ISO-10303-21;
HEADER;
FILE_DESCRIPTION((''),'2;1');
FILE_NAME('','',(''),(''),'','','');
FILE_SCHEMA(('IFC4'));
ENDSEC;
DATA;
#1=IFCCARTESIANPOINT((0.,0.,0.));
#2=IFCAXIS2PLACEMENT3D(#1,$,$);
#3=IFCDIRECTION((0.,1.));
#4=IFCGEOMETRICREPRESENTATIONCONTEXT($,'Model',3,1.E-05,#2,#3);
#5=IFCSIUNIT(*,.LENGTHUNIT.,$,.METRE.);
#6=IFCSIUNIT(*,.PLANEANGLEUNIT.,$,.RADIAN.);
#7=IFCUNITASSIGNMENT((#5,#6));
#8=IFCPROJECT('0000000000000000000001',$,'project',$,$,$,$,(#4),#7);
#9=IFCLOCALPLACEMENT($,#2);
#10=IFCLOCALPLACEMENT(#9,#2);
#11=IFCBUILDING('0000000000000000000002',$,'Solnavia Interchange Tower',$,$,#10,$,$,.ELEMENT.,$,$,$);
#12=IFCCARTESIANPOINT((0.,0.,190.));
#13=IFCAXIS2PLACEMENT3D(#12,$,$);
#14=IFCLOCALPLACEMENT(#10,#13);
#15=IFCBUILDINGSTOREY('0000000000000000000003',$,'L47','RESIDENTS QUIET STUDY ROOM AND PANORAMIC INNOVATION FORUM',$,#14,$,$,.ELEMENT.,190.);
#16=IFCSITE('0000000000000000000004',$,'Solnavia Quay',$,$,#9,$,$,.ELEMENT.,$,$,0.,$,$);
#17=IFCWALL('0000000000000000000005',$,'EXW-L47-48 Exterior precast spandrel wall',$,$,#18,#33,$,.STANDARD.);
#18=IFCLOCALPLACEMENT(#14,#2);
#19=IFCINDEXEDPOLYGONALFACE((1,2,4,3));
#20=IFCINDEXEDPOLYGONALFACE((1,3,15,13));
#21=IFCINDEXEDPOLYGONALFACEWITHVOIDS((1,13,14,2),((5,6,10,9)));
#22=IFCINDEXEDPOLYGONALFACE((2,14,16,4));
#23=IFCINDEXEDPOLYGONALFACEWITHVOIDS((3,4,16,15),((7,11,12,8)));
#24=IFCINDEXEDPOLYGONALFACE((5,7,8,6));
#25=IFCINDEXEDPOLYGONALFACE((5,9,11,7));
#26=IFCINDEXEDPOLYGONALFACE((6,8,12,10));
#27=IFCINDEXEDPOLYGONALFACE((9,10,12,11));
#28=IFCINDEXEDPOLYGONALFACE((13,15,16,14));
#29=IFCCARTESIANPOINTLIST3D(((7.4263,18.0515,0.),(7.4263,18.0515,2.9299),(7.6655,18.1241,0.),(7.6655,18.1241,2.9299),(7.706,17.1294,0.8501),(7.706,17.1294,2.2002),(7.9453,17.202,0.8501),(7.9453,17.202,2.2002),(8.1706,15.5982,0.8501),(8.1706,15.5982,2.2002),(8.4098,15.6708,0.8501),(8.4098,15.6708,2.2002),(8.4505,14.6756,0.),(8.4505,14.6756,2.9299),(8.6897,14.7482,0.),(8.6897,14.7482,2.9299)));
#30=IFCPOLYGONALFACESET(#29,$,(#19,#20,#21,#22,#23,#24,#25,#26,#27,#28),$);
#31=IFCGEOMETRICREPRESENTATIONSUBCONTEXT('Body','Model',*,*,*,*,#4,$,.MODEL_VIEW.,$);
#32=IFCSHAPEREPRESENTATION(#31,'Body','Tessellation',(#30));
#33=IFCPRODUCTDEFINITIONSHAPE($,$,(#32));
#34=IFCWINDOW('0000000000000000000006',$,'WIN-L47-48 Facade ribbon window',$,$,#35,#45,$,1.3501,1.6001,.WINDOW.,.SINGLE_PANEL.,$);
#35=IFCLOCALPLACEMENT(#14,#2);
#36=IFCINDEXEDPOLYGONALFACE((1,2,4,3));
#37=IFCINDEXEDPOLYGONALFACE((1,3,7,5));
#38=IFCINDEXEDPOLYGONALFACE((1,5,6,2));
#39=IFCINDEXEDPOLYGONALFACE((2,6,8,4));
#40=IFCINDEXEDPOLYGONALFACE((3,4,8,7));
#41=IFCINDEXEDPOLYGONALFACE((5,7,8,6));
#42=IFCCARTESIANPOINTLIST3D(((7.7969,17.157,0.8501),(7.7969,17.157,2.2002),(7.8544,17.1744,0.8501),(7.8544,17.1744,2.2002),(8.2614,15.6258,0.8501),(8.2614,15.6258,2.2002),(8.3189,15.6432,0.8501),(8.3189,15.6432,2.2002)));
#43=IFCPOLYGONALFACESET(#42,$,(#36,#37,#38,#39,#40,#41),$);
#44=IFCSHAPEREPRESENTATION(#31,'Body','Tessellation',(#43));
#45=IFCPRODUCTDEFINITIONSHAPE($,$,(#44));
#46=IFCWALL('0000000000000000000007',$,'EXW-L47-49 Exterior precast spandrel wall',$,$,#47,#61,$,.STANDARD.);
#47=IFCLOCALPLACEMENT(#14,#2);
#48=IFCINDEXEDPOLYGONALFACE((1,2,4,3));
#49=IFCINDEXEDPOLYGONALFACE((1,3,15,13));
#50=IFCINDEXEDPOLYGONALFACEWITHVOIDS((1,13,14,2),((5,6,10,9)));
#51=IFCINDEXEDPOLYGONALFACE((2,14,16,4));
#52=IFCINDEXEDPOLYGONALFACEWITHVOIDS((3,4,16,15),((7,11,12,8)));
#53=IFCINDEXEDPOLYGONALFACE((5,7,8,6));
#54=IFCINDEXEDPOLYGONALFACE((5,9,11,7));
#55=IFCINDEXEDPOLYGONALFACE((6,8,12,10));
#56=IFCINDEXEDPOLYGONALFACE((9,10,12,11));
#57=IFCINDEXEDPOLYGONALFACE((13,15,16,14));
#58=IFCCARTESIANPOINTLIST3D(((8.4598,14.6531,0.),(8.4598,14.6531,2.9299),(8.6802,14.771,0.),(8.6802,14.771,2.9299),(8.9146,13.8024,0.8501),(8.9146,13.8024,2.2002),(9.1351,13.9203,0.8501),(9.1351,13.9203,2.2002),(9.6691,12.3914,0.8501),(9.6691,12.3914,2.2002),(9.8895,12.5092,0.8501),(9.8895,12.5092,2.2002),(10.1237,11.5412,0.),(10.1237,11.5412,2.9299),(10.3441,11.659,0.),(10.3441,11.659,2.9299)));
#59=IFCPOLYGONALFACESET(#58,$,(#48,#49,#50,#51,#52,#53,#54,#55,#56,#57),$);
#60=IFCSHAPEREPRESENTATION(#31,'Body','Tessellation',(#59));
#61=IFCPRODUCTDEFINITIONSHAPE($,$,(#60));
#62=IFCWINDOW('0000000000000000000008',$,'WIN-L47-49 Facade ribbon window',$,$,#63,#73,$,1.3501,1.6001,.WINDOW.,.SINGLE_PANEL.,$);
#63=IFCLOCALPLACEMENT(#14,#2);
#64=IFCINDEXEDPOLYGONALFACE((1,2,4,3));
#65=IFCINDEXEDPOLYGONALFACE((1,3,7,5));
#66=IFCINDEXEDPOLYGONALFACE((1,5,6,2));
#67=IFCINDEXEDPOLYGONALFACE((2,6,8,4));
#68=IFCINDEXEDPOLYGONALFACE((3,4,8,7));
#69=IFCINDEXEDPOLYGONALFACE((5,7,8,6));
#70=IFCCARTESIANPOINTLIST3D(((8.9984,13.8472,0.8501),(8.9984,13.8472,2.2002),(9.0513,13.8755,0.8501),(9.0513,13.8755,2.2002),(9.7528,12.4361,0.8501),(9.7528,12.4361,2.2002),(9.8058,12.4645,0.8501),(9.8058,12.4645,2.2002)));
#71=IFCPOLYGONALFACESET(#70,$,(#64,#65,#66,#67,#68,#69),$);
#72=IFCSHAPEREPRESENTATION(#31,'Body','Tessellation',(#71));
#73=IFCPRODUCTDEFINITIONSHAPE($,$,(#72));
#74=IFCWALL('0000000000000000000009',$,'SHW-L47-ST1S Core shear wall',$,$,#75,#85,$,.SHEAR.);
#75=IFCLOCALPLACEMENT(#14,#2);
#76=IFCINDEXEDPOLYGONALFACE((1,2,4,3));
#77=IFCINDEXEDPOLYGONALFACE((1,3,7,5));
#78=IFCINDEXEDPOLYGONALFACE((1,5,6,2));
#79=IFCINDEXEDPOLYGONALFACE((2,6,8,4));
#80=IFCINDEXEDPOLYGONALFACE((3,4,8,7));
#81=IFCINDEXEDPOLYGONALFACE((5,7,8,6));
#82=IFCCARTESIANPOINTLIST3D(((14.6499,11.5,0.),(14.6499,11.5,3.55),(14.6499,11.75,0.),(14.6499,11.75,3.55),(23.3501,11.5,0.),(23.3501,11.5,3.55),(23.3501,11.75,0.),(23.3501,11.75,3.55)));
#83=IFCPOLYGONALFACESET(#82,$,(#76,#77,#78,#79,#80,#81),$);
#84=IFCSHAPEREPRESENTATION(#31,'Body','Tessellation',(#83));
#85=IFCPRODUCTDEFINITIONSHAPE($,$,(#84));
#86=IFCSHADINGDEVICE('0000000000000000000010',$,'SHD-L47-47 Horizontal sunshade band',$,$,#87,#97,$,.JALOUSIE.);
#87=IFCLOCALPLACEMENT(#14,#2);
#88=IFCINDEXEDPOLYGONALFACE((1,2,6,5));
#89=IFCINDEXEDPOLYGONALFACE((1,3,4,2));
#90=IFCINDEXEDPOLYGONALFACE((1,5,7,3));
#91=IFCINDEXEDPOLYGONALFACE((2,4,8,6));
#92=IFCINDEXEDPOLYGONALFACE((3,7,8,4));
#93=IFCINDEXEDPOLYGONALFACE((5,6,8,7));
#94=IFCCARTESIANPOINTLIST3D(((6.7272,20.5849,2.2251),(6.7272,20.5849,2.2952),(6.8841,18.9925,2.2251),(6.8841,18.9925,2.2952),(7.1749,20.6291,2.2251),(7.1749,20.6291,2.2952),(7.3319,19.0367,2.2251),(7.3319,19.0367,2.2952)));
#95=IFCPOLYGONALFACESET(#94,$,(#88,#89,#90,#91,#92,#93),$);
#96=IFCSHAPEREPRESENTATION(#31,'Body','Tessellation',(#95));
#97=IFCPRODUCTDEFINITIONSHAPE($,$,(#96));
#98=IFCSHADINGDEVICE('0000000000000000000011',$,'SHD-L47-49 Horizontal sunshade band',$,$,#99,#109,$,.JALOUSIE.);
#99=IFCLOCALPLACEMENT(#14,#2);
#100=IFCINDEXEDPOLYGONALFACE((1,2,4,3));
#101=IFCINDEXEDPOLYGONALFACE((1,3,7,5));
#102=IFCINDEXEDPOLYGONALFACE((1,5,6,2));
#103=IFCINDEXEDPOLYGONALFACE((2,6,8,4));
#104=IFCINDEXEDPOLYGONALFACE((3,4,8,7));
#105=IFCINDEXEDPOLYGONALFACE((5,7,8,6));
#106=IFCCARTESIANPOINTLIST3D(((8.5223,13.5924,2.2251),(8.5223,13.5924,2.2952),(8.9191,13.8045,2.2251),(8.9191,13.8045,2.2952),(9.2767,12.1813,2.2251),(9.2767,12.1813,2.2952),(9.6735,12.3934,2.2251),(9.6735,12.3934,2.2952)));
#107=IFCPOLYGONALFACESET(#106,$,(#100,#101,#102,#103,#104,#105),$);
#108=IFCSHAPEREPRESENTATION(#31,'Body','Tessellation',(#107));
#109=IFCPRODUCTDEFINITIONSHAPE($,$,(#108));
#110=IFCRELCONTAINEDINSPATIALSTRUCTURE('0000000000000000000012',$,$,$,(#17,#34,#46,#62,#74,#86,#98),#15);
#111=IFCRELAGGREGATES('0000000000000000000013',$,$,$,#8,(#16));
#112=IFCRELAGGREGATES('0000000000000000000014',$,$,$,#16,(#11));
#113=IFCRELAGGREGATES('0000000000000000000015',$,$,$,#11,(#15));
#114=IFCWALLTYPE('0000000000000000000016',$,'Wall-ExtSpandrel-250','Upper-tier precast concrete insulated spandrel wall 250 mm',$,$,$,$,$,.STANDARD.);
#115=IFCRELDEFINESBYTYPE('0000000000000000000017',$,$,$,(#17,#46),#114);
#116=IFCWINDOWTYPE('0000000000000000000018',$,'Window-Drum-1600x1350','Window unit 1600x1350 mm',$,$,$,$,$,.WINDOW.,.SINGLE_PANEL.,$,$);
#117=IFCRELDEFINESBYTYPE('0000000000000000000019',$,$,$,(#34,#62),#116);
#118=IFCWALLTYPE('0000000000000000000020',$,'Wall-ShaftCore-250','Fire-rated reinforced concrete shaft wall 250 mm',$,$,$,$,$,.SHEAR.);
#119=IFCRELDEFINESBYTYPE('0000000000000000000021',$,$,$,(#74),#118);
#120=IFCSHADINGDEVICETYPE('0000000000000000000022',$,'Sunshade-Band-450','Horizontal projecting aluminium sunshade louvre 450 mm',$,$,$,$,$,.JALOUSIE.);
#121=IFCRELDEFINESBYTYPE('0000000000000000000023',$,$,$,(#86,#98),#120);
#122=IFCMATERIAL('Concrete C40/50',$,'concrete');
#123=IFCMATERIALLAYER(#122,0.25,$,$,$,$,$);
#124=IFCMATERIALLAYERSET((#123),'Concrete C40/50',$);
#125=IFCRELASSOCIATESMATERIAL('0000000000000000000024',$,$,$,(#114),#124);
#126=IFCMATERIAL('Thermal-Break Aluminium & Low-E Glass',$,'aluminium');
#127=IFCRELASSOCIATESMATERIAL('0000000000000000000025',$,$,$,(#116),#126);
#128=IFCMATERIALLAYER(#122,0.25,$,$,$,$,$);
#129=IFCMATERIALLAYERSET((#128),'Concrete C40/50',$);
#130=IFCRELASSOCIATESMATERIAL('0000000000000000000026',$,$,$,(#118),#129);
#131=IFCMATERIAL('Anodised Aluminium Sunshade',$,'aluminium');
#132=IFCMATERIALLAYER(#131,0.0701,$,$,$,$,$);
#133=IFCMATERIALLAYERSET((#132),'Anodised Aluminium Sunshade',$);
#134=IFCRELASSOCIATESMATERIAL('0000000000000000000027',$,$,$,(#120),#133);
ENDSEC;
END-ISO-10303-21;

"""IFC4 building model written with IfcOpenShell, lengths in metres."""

from ifc_helpers import new_model, si_unit, direction, frame, frame_2d, origin, origin_2d, place, context, subcontext, project, spatial, rectangle, extrude, material, layer, layer_set, type_object, element, fill, save


model = new_model("IFC4")

# Units and contexts
model_context = context("Model", 3, precision=1e-05, world=origin(), true_north=direction((0.0, 1.0)))
body_context = subcontext(model_context, "Body", "Model", "MODEL_VIEW")
ifc_project = project(units=[si_unit("LENGTHUNIT", "METRE"), si_unit("PLANEANGLEUNIT", "RADIAN")], contexts=[model_context])

# Site, building, storey
site_placement = place(None, origin())
site = spatial("IfcSite", under=ifc_project, at=site_placement, Name="Solnavia Quay", CompositionType="ELEMENT", RefElevation=0.0)
building_placement = place(site_placement, origin())
building = spatial("IfcBuilding", under=site, at=building_placement, Name="Solnavia Interchange Tower", CompositionType="ELEMENT")
storey_placement = place(building_placement, frame((0.0, 0.0, 190.0)))
storey = spatial("IfcBuildingStorey", under=building, at=storey_placement, Name="L47", Description="RESIDENTS QUIET STUDY ROOM AND PANORAMIC INNOVATION FORUM", CompositionType="ELEMENT", Elevation=190.0)

# Walls, openings, windows
ifc_material_1 = material(Name="Concrete C40/50", Category="concrete")
ifc_layer_1 = layer(ifc_material_1, 0.25)
ifc_layer_set_1 = layer_set([ifc_layer_1], Name="Concrete C40/50")
wall_type_1 = type_object("IfcWallType", Name="Wall-ExtSpandrel-250", Description="Upper-tier precast concrete insulated spandrel wall 250 mm", PredefinedType="STANDARD", material=ifc_layer_set_1)
ifc_material_2 = material(Name="Thermal-Break Aluminium & Low-E Glass", Category="aluminium")
window_type = type_object("IfcWindowType", Name="Window-Drum-1600x1350", Description="Window unit 1600x1350 mm", PartitioningType="SINGLE_PANEL", PredefinedType="WINDOW", material=ifc_material_2)
wall_1_placement = place(storey_placement, frame((8.5701, 14.7119, 0.0), z_axis=(0.0, 0.0, 1.0), x_axis=(-0.290305, 0.956934, 0.0)))
wall_1 = element("IfcWall", 1, at=wall_1_placement, inside=storey, type_object=wall_type_1, Name="EXW-L47-48 Exterior precast spandrel wall", PredefinedType="STANDARD", context=body_context, shape_type="SweptSolid", body=[
    extrude(rectangle(XDim=3.5278, YDim=0.25, at=frame_2d((1.7639, 0.0))), origin(), (0.0, 0.0, 1.0), 2.9299),
])
opening_1_placement = place(wall_1_placement, frame((0.9641, 0.0, 0.8501)))
opening_1 = element("IfcOpeningElement", 2, at=opening_1_placement, cuts=wall_1, PredefinedType="OPENING", context=body_context, shape_type="SweptSolid", body=[
    extrude(rectangle(XDim=1.6001, YDim=1.3501, at=frame_2d((0.8, 0.675))), frame((0.0, 0.135, 0.0), z_axis=(0.0, -1.0, 0.0), x_axis=(1.0, 0.0, 0.0)), (0.0, 0.0, 1.0), 0.27),
])
window_1_placement = place(opening_1_placement, origin())
window_1 = element("IfcWindow", 3, at=window_1_placement, inside=storey, type_object=window_type, Name="WIN-L47-48 Facade ribbon window", OverallHeight=1.3501, OverallWidth=1.6001, PartitioningType="SINGLE_PANEL", PredefinedType="WINDOW", context=body_context, shape_type="SweptSolid", body=[
    extrude(rectangle(XDim=1.6001, YDim=1.3501, at=frame_2d((0.8, 0.675))), frame((0.0, 0.03, 0.0), z_axis=(0.0, -1.0, 0.0), x_axis=(1.0, 0.0, 0.0)), (0.0, 0.0, 1.0), 0.0601),
])
fill(opening_1, window_1)
wall_2_placement = place(storey_placement, frame((10.2339, 11.6001, 0.0), z_axis=(0.0, 0.0, 1.0), x_axis=(-0.471511, 0.88186, 0.0)))
wall_2 = element("IfcWall", 4, at=wall_2_placement, inside=storey, type_object=wall_type_1, Name="EXW-L47-49 Exterior precast spandrel wall", PredefinedType="STANDARD", context=body_context, shape_type="SweptSolid", body=[
    extrude(rectangle(XDim=3.5288, YDim=0.25, at=frame_2d((1.7644, 0.0))), origin(), (0.0, 0.0, 1.0), 2.9299),
])
opening_2_placement = place(wall_2_placement, frame((0.9641, 0.0, 0.8501)))
opening_2 = element("IfcOpeningElement", 5, at=opening_2_placement, cuts=wall_2, PredefinedType="OPENING", context=body_context, shape_type="SweptSolid", body=[
    extrude(rectangle(XDim=1.6001, YDim=1.3501, at=frame_2d((0.8, 0.675))), frame((0.0, 0.135, 0.0), z_axis=(0.0, -1.0, 0.0), x_axis=(1.0, 0.0, 0.0)), (0.0, 0.0, 1.0), 0.27),
])
window_2_placement = place(opening_2_placement, origin())
window_2 = element("IfcWindow", 6, at=window_2_placement, inside=storey, type_object=window_type, Name="WIN-L47-49 Facade ribbon window", OverallHeight=1.3501, OverallWidth=1.6001, PartitioningType="SINGLE_PANEL", PredefinedType="WINDOW", context=body_context, shape_type="SweptSolid", body=[
    extrude(rectangle(XDim=1.6001, YDim=1.3501, at=frame_2d((0.8, 0.675))), frame((0.0, 0.03, 0.0), z_axis=(0.0, -1.0, 0.0), x_axis=(1.0, 0.0, 0.0)), (0.0, 0.0, 1.0), 0.0601),
])
fill(opening_2, window_2)

# Wall
ifc_layer_2 = layer(ifc_material_1, 0.25)
ifc_layer_set_2 = layer_set([ifc_layer_2], Name="Concrete C40/50")
wall_type_2 = type_object("IfcWallType", Name="Wall-ShaftCore-250", Description="Fire-rated reinforced concrete shaft wall 250 mm", PredefinedType="SHEAR", material=ifc_layer_set_2)
wall_3_placement = place(storey_placement, frame((14.6499, 11.625, 0.0), z_axis=(0.0, 0.0, 1.0), x_axis=(1.0, 0.0, 0.0)))
element("IfcWall", 7, at=wall_3_placement, inside=storey, type_object=wall_type_2, Name="SHW-L47-ST1S Core shear wall", PredefinedType="SHEAR", context=body_context, shape_type="SweptSolid", body=[
    extrude(rectangle(XDim=8.7002, YDim=0.25, at=frame_2d((4.3501, 0.0))), origin(), (0.0, 0.0, 1.0), 3.55),
])

# Shading devices
ifc_material_3 = material(Name="Anodised Aluminium Sunshade", Category="aluminium")
ifc_layer_3 = layer(ifc_material_3, 0.0701)
ifc_layer_set_3 = layer_set([ifc_layer_3], Name="Anodised Aluminium Sunshade")
shading_device_type = type_object("IfcShadingDeviceType", Name="Sunshade-Band-450", Description="Horizontal projecting aluminium sunshade louvre 450 mm", PredefinedType="JALOUSIE", material=ifc_layer_set_3)
for number, where, z_axis, x_axis, name in (
    (8, (7.0295, 19.8108, 2.2251), (0.0, 0.0, 1.0), (-0.098104, 0.995176, 0.0), "SHD-L47-47 Horizontal sunshade band"),
    (9, (9.0979, 12.9929, 2.2251), (0.0, 0.0, 1.0), (-0.471474, 0.88188, 0.0), "SHD-L47-49 Horizontal sunshade band"),
):
    element("IfcShadingDevice", number, at=place(storey_placement, frame(where, z_axis=z_axis, x_axis=x_axis)), inside=storey, type_object=shading_device_type, Name=name, PredefinedType="JALOUSIE", context=body_context, shape_type="SweptSolid", body=[
        extrude(rectangle(XDim=1.6001, YDim=0.45, at=origin_2d()), origin(), (0.0, 0.0, 1.0), 0.0701),
    ])

save(model, "model.ifc")
